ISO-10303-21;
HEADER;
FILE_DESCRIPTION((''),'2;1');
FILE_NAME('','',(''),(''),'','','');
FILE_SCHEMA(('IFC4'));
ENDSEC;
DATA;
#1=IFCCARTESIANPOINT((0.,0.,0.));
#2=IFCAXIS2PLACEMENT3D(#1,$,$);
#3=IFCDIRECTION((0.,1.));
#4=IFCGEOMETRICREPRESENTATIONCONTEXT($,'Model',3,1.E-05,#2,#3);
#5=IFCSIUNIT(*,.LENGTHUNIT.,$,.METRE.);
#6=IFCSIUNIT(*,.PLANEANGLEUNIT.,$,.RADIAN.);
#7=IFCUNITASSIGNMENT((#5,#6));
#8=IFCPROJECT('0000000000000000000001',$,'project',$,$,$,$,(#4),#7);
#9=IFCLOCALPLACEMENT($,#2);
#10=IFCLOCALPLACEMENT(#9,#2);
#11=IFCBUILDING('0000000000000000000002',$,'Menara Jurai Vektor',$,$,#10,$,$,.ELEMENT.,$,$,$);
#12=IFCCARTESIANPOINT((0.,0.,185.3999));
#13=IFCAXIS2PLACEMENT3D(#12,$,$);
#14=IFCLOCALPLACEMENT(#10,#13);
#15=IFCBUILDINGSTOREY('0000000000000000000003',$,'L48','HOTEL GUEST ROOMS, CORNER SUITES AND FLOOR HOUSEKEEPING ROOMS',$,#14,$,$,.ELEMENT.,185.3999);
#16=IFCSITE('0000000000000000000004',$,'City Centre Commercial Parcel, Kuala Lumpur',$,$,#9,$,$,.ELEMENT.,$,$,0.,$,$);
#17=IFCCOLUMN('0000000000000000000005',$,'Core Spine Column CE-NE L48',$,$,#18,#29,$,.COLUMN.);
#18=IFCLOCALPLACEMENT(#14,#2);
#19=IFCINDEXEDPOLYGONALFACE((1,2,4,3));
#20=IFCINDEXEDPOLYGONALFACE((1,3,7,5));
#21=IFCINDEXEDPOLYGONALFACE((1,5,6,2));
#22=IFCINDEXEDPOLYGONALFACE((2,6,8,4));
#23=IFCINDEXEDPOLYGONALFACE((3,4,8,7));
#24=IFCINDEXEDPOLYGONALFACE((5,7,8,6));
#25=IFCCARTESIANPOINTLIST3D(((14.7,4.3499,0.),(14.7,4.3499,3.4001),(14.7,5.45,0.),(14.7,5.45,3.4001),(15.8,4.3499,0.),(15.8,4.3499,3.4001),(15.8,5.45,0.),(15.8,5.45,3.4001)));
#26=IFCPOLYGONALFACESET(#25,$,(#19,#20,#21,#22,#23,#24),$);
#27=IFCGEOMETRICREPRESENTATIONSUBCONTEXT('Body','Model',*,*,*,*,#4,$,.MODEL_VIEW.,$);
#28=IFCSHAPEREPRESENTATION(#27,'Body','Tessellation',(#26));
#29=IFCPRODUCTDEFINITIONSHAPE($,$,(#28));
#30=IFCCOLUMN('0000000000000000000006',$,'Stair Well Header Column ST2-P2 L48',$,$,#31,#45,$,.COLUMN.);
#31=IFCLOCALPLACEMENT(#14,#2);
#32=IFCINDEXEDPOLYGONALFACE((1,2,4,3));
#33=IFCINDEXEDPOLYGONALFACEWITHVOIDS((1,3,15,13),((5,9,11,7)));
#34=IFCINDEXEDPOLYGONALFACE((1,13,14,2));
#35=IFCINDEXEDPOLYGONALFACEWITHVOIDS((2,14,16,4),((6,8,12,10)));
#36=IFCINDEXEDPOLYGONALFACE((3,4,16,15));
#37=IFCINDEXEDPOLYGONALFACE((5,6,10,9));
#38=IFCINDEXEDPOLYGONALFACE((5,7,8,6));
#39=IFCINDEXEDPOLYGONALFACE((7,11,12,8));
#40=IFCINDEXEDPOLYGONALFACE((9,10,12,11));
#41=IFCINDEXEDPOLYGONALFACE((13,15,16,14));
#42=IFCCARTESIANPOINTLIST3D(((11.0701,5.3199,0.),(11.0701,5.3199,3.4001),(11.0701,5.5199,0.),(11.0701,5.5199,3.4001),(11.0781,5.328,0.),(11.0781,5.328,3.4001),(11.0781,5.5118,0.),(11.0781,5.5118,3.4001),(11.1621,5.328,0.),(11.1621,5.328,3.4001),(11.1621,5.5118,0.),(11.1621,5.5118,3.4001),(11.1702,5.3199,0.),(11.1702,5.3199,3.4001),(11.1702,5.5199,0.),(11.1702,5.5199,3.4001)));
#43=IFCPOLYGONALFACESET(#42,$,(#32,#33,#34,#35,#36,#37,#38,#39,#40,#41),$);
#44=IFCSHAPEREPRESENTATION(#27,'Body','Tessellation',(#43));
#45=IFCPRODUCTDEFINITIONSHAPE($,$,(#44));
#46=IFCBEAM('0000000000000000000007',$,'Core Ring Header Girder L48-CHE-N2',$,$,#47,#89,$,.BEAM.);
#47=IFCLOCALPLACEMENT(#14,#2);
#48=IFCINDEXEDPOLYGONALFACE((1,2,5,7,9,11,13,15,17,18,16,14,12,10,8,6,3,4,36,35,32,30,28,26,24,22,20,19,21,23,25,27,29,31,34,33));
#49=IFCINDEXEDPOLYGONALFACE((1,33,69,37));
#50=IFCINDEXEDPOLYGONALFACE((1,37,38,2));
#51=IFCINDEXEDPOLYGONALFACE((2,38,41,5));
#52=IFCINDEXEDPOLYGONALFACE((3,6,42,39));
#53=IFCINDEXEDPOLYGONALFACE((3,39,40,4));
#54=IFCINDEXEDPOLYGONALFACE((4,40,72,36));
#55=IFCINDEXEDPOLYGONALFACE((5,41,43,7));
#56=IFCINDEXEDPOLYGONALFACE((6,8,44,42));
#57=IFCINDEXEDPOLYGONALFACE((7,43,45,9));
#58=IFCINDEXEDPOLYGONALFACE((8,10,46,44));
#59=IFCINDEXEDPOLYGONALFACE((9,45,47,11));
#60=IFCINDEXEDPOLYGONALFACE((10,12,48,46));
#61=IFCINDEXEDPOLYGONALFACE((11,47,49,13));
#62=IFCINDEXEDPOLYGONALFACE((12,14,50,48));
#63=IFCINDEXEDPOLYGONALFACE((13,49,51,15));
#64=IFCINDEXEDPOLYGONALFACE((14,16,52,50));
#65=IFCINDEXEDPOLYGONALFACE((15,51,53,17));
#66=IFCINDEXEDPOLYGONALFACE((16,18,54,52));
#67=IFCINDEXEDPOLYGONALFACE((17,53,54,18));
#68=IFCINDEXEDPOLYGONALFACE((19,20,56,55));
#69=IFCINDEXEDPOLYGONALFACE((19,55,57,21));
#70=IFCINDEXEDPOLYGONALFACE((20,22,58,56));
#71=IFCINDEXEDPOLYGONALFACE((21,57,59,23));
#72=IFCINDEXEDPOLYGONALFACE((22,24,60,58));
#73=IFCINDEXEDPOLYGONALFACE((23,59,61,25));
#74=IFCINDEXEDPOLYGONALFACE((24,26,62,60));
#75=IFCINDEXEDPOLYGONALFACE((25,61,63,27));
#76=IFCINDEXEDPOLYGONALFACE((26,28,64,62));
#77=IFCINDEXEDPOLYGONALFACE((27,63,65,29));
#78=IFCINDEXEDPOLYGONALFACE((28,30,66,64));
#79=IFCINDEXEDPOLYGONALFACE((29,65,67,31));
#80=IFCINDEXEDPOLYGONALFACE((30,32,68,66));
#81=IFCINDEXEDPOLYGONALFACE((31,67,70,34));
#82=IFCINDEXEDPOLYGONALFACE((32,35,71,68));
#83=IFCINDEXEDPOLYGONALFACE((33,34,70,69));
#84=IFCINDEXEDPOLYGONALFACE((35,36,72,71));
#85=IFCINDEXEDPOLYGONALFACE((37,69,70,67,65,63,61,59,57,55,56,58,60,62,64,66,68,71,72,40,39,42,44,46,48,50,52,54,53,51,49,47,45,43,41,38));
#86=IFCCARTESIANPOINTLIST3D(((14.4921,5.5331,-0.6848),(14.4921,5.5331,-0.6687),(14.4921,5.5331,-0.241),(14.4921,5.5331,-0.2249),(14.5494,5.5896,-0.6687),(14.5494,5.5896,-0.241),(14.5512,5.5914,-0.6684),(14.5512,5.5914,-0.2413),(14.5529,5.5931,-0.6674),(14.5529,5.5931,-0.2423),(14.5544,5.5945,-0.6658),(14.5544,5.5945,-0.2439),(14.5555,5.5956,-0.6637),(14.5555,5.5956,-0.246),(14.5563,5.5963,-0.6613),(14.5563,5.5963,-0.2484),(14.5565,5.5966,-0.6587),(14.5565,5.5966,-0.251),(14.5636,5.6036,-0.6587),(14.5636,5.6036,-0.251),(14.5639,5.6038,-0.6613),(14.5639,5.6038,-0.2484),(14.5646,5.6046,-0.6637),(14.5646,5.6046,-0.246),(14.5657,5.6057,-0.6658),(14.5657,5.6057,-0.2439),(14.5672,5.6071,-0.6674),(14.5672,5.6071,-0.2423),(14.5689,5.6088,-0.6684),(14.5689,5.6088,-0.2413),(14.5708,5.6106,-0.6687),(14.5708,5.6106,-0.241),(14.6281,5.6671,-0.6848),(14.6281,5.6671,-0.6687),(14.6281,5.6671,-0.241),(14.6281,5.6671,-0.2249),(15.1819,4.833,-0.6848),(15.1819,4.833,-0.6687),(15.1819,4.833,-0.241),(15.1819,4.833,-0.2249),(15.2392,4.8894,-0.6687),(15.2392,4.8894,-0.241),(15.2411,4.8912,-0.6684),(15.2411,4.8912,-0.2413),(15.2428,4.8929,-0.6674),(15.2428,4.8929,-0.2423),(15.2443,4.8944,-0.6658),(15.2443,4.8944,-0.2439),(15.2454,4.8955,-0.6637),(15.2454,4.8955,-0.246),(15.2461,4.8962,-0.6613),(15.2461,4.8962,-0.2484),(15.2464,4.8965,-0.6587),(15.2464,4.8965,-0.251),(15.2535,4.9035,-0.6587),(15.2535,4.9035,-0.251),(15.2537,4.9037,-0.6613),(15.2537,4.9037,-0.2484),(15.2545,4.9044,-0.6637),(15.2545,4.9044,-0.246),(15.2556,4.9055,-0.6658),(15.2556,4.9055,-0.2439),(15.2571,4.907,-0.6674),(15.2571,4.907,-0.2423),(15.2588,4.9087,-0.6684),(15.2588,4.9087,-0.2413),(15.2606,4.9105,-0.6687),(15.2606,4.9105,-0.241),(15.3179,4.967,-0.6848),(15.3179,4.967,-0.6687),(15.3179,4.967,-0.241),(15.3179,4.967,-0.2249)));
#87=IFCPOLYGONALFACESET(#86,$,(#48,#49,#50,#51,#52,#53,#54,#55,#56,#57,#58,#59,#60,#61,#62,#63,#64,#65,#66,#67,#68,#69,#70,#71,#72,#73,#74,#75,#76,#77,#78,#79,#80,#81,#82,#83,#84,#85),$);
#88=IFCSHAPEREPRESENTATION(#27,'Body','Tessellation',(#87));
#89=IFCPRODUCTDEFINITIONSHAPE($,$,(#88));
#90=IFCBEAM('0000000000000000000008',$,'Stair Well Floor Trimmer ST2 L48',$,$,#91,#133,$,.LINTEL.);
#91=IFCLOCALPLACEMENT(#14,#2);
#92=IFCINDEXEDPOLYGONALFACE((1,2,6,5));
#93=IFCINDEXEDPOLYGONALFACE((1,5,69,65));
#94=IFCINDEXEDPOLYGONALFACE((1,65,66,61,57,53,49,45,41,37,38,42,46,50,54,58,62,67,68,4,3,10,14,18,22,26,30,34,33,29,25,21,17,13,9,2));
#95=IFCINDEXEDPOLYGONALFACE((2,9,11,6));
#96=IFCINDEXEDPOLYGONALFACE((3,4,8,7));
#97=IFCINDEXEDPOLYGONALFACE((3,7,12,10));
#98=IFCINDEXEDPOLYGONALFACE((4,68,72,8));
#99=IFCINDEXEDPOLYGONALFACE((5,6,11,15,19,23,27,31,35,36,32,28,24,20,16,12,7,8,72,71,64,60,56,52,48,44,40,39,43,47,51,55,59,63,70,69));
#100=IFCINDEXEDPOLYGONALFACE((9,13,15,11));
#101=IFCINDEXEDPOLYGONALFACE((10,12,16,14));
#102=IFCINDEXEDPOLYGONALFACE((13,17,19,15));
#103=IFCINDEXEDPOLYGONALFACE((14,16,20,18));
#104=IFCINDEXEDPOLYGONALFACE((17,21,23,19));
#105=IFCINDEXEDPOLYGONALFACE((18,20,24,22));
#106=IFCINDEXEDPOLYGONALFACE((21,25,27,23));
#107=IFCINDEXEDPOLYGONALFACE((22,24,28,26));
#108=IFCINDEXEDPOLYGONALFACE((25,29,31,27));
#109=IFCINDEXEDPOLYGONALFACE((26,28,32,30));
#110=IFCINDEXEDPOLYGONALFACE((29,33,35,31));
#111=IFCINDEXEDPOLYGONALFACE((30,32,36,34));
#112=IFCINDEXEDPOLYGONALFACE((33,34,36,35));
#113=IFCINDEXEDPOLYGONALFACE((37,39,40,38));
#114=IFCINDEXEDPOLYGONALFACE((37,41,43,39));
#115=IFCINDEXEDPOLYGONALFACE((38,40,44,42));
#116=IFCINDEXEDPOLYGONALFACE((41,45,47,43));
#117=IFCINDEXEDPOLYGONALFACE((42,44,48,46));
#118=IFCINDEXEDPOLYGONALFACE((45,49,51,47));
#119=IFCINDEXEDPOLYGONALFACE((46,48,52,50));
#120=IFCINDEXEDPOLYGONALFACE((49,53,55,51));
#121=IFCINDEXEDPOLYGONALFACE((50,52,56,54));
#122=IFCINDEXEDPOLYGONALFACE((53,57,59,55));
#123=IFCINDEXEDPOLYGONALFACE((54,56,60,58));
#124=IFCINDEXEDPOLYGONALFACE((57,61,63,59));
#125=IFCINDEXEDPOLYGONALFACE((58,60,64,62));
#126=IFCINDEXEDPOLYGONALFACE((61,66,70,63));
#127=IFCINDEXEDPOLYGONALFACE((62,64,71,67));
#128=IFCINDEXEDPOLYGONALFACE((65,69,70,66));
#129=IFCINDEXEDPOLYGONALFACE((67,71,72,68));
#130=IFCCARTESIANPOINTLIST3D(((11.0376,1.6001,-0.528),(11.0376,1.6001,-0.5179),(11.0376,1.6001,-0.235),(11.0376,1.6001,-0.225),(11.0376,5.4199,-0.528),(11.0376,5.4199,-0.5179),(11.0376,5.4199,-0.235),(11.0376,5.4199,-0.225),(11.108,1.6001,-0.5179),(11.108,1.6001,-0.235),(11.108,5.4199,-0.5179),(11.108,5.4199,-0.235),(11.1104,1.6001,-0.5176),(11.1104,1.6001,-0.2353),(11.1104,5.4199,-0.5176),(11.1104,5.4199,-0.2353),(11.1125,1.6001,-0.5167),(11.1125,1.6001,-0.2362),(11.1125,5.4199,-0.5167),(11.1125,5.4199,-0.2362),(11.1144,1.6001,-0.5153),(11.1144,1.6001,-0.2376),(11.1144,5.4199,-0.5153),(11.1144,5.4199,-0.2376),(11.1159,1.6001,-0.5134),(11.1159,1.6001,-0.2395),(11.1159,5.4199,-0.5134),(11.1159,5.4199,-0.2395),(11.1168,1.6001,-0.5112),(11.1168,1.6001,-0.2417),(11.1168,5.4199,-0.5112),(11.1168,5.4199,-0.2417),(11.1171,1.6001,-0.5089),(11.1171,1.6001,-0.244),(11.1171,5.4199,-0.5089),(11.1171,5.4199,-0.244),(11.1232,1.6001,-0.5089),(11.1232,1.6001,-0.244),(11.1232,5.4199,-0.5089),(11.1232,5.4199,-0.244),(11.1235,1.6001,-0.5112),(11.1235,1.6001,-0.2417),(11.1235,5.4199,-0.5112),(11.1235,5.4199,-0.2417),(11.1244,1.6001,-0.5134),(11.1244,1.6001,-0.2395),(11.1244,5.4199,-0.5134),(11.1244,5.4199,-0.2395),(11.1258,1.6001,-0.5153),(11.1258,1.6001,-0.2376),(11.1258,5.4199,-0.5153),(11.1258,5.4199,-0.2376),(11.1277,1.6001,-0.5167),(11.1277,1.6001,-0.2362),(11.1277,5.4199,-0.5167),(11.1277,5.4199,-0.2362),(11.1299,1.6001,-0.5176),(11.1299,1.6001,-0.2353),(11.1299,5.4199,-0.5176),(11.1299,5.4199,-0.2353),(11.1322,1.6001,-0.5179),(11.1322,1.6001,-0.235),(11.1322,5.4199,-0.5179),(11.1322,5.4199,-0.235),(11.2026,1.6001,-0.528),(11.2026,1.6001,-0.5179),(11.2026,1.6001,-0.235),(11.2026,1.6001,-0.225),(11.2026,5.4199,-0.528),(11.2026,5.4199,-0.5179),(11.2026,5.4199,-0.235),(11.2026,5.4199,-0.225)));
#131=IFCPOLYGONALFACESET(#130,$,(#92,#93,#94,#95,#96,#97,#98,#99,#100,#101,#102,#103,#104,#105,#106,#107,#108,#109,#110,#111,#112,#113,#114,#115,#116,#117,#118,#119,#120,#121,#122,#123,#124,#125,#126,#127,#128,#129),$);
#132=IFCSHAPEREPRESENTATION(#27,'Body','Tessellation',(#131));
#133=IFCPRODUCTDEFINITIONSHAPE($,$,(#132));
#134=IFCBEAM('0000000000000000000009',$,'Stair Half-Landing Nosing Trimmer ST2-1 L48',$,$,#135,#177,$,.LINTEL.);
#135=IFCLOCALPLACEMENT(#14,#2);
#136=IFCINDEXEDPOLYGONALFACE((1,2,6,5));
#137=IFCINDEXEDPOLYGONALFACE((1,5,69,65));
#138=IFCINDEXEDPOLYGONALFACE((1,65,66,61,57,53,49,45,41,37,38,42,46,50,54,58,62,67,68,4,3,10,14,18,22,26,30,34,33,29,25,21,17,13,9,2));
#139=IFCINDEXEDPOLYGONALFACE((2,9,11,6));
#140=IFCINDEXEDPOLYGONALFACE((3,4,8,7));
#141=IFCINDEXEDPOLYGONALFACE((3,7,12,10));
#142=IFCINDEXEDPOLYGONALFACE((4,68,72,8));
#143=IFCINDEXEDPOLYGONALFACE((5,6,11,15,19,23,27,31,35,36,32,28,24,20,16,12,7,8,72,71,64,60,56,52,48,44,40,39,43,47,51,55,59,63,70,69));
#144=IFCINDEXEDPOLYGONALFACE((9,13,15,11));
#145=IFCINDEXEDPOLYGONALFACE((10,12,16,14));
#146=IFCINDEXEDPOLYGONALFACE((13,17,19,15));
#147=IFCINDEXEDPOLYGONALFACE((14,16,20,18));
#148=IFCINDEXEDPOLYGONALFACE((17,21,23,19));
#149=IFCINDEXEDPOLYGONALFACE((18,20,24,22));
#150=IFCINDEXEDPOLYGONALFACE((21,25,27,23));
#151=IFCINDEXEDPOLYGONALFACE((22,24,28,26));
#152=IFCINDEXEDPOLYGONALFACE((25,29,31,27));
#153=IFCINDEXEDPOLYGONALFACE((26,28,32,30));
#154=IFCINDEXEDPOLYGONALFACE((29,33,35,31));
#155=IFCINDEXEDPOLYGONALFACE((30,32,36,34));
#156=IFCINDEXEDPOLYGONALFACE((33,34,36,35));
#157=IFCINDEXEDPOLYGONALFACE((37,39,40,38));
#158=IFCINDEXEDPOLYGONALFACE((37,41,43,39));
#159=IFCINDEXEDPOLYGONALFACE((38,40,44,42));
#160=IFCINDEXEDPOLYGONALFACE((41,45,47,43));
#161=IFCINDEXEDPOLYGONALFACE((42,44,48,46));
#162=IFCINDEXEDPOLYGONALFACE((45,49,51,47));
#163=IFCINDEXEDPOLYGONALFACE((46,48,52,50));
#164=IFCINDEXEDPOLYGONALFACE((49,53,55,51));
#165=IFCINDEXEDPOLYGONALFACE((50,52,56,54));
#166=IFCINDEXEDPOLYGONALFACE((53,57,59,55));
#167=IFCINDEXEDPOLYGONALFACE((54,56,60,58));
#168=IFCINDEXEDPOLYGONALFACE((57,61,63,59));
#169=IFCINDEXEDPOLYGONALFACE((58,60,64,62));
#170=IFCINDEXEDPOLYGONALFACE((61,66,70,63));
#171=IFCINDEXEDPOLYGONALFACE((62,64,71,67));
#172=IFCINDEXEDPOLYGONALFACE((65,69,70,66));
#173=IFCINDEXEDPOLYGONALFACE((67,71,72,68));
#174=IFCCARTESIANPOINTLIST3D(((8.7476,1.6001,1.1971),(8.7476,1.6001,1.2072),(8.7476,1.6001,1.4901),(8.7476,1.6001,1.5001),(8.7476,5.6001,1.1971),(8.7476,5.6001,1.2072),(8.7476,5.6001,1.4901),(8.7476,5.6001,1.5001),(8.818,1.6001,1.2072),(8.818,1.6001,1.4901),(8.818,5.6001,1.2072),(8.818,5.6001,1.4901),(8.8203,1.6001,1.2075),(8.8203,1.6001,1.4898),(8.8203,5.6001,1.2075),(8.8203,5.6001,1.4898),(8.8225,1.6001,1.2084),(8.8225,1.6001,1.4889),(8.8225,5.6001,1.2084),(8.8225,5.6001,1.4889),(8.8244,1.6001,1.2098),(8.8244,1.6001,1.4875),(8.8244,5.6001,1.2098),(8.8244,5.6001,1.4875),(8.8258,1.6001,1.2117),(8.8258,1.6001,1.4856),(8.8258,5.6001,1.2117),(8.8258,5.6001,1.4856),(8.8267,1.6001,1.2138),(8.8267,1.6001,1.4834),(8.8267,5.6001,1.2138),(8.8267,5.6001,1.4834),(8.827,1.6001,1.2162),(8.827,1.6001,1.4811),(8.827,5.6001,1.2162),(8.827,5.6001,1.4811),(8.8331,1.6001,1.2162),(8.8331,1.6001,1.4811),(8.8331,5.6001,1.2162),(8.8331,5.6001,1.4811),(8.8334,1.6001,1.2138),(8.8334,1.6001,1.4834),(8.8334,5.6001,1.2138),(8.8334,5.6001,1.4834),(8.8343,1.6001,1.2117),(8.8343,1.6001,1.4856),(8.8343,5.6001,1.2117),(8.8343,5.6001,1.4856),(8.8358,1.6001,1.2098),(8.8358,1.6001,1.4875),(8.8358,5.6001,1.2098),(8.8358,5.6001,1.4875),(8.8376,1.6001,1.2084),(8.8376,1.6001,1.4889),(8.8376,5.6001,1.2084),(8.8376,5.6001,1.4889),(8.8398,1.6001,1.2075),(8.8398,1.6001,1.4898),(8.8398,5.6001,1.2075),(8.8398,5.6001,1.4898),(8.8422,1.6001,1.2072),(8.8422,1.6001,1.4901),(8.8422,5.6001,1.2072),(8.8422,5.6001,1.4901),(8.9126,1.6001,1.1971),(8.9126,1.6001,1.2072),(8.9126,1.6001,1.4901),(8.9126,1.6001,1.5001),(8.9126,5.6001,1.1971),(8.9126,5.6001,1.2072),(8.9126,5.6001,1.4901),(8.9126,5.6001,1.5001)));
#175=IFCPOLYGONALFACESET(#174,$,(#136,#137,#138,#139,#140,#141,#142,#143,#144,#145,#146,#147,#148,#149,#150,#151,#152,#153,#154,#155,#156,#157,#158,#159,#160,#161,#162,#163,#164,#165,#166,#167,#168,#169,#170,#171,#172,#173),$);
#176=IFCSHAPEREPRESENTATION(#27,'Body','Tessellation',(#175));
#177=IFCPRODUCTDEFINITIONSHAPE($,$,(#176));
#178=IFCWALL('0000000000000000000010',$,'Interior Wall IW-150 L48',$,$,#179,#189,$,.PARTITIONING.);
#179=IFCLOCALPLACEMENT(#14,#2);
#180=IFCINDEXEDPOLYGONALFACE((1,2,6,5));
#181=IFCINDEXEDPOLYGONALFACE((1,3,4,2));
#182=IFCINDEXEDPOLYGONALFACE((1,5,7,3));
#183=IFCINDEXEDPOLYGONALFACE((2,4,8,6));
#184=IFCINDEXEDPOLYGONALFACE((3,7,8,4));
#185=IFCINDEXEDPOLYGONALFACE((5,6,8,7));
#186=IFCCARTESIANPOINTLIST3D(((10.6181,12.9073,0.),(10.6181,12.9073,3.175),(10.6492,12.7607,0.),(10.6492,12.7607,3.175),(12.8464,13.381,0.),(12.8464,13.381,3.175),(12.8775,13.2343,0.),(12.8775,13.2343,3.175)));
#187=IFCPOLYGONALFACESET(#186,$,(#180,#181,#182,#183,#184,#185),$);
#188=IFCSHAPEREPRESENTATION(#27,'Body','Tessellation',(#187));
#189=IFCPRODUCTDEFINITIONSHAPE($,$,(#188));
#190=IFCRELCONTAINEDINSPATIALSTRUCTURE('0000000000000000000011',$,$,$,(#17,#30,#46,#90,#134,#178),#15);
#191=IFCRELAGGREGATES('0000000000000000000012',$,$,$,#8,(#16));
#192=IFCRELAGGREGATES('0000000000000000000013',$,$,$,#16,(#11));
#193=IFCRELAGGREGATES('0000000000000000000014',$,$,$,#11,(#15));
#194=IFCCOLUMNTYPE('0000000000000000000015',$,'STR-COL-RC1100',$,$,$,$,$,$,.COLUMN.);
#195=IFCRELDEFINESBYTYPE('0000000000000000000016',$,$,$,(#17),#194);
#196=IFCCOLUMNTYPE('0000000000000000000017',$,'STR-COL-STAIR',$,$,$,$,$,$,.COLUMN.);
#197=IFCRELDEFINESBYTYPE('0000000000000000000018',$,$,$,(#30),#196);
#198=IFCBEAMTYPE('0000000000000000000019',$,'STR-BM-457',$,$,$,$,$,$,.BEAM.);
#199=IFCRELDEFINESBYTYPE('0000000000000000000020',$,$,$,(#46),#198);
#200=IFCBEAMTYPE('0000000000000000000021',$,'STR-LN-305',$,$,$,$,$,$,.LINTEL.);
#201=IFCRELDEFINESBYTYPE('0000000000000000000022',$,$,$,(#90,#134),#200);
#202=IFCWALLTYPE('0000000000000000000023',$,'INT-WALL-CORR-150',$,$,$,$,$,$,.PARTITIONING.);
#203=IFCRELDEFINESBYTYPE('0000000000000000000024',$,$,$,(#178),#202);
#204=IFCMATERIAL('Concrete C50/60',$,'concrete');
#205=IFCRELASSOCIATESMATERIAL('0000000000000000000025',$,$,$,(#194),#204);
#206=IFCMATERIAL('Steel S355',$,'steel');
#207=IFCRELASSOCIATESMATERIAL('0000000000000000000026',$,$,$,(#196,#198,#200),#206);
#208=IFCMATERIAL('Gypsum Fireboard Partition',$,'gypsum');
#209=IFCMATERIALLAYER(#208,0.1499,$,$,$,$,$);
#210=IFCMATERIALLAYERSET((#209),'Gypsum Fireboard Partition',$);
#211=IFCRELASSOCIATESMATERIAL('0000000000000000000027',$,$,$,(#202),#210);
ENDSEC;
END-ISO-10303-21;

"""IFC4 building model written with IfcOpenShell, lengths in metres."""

from ifc_helpers import new_model, si_unit, direction, frame, frame_2d, origin, origin_2d, place, context, subcontext, project, spatial, rectangle, hollow_rectangle, i_section, extrude, material, layer, layer_set, material_profile, profile_set, type_object, element, save


model = new_model("IFC4")

# Units and contexts
model_context = context("Model", 3, precision=1e-05, world=origin(), true_north=direction((0.0, 1.0)))
body_context = subcontext(model_context, "Body", "Model", "MODEL_VIEW")
ifc_project = project(units=[si_unit("LENGTHUNIT", "METRE"), si_unit("PLANEANGLEUNIT", "RADIAN")], contexts=[model_context])

# Site, building, storey
site_placement = place(None, origin())
site = spatial("IfcSite", under=ifc_project, at=site_placement, Name="City Centre Commercial Parcel, Kuala Lumpur", CompositionType="ELEMENT", RefElevation=0.0)
building_placement = place(site_placement, origin())
building = spatial("IfcBuilding", under=site, at=building_placement, Name="Menara Jurai Vektor", CompositionType="ELEMENT")
storey_placement = place(building_placement, frame((0.0, 0.0, 185.3999)))
storey = spatial("IfcBuildingStorey", under=building, at=storey_placement, Name="L48", Description="HOTEL GUEST ROOMS, CORNER SUITES AND FLOOR HOUSEKEEPING ROOMS", CompositionType="ELEMENT", Elevation=185.3999)

# Columns
ifc_material_1 = material(Name="Concrete C50/60", Category="concrete")
ifc_material_profile_1 = material_profile(ifc_material_1, rectangle(XDim=1.1001, YDim=1.1001, at=origin_2d()), Name="RC 1100x1100")
ifc_profile_set_1 = profile_set([ifc_material_profile_1], Name="Concrete C50/60")
column_type_1 = type_object("IfcColumnType", Name="STR-COL-RC1100", PredefinedType="COLUMN", material=ifc_profile_set_1)
column_1_placement = place(storey_placement, frame((15.25, 4.8999, 0.0), z_axis=(0.0, 0.0, 1.0), x_axis=(1.0, 0.0, 0.0)))
element("IfcColumn", 1, at=column_1_placement, inside=storey, type_object=column_type_1, Name="Core Spine Column CE-NE L48", PredefinedType="COLUMN", context=body_context, shape_type="SweptSolid", body=[
    extrude(rectangle(XDim=1.1001, YDim=1.1001, at=origin_2d()), origin(), (0.0, 0.0, 1.0), 3.4001),
])
ifc_material_2 = material(Name="Steel S355", Category="steel")
ifc_material_profile_2 = material_profile(ifc_material_2, hollow_rectangle(XDim=0.1001, YDim=0.2, WallThickness=0.0081, at=origin_2d()), Name="RHS 200x100x8")
ifc_profile_set_2 = profile_set([ifc_material_profile_2], Name="Steel S355")
column_type_2 = type_object("IfcColumnType", Name="STR-COL-STAIR", PredefinedType="COLUMN", material=ifc_profile_set_2)
column_2_placement = place(storey_placement, frame((11.1201, 5.4199, 0.0), z_axis=(0.0, 0.0, 1.0), x_axis=(1.0, 0.0, 0.0)))
element("IfcColumn", 2, at=column_2_placement, inside=storey, type_object=column_type_2, Name="Stair Well Header Column ST2-P2 L48", PredefinedType="COLUMN", context=body_context, shape_type="SweptSolid", body=[
    extrude(hollow_rectangle(XDim=0.1001, YDim=0.2, WallThickness=0.0081, at=origin_2d()), origin(), (0.0, 0.0, 1.0), 3.4001),
])

# Beams
ifc_material_profile_3 = material_profile(ifc_material_2, i_section(OverallWidth=0.1909, OverallDepth=0.46, WebThickness=0.01, FlangeThickness=0.0161, FilletRadius=0.01, at=origin_2d()), Name="UKB 457x191x82")
ifc_profile_set_3 = profile_set([ifc_material_profile_3], Name="Steel S355")
beam_type_1 = type_object("IfcBeamType", Name="STR-BM-457", PredefinedType="BEAM", material=ifc_profile_set_3)
beam_1_placement = place(storey_placement, frame((14.5601, 5.6001, -0.4548), z_axis=(0.701872, -0.712303, 0.0), x_axis=(0.712303, 0.701872, 0.0)))
element("IfcBeam", 3, at=beam_1_placement, inside=storey, type_object=beam_type_1, Name="Core Ring Header Girder L48-CHE-N2", PredefinedType="BEAM", context=body_context, shape_type="SweptSolid", body=[
    extrude(i_section(OverallWidth=0.1909, OverallDepth=0.46, WebThickness=0.01, FlangeThickness=0.0161, FilletRadius=0.01, at=origin_2d()), origin(), (0.0, 0.0, 1.0), 0.9829),
])
ifc_material_profile_4 = material_profile(ifc_material_2, i_section(OverallWidth=0.165, OverallDepth=0.303, WebThickness=0.0061, FlangeThickness=0.01, FilletRadius=0.009, at=origin_2d()), Name="UKB 305x165x40")
ifc_profile_set_4 = profile_set([ifc_material_profile_4], Name="Steel S355")
beam_type_2 = type_object("IfcBeamType", Name="STR-LN-305", PredefinedType="LINTEL", material=ifc_profile_set_4)
beam_2_placement = place(storey_placement, frame((11.1201, 1.6001, -0.3765), z_axis=(0.0, 1.0, 0.0), x_axis=(-1.0, 0.0, 0.0)))
element("IfcBeam", 4, at=beam_2_placement, inside=storey, type_object=beam_type_2, Name="Stair Well Floor Trimmer ST2 L48", PredefinedType="LINTEL", context=body_context, shape_type="SweptSolid", body=[
    extrude(i_section(OverallWidth=0.165, OverallDepth=0.303, WebThickness=0.0061, FlangeThickness=0.01, FilletRadius=0.009, at=origin_2d()), origin(), (0.0, 0.0, 1.0), 3.8198),
])
beam_3_placement = place(storey_placement, frame((8.8301, 1.6001, 1.3486), z_axis=(0.0, 1.0, 0.0), x_axis=(-1.0, 0.0, 0.0)))
element("IfcBeam", 5, at=beam_3_placement, inside=storey, type_object=beam_type_2, Name="Stair Half-Landing Nosing Trimmer ST2-1 L48", PredefinedType="LINTEL", context=body_context, shape_type="SweptSolid", body=[
    extrude(i_section(OverallWidth=0.165, OverallDepth=0.303, WebThickness=0.0061, FlangeThickness=0.01, FilletRadius=0.009, at=origin_2d()), origin(), (0.0, 0.0, 1.0), 4.0),
])

# Shared definitions
ifc_material_3 = material(Name="Gypsum Fireboard Partition", Category="gypsum")
ifc_layer_1 = layer(ifc_material_3, 0.1499)
ifc_layer_set_1 = layer_set([ifc_layer_1], Name="Gypsum Fireboard Partition")
wall_type_1 = type_object("IfcWallType", Name="INT-WALL-CORR-150", PredefinedType="PARTITIONING", material=ifc_layer_set_1)

# Wall
wall_1_placement = place(storey_placement, frame((10.6335, 12.834, 0.0), z_axis=(0.0, 0.0, 1.0), x_axis=(0.978148, 0.207911, 0.0)))
element("IfcWall", 6, at=wall_1_placement, inside=storey, type_object=wall_type_1, Name="Interior Wall IW-150 L48", PredefinedType="PARTITIONING", context=body_context, shape_type="SweptSolid", body=[
    extrude(rectangle(XDim=2.2781, YDim=0.1499, at=frame_2d((1.1392, 0.0))), origin(), (0.0, 0.0, 1.0), 3.175),
])

save(model, "model.ifc")
